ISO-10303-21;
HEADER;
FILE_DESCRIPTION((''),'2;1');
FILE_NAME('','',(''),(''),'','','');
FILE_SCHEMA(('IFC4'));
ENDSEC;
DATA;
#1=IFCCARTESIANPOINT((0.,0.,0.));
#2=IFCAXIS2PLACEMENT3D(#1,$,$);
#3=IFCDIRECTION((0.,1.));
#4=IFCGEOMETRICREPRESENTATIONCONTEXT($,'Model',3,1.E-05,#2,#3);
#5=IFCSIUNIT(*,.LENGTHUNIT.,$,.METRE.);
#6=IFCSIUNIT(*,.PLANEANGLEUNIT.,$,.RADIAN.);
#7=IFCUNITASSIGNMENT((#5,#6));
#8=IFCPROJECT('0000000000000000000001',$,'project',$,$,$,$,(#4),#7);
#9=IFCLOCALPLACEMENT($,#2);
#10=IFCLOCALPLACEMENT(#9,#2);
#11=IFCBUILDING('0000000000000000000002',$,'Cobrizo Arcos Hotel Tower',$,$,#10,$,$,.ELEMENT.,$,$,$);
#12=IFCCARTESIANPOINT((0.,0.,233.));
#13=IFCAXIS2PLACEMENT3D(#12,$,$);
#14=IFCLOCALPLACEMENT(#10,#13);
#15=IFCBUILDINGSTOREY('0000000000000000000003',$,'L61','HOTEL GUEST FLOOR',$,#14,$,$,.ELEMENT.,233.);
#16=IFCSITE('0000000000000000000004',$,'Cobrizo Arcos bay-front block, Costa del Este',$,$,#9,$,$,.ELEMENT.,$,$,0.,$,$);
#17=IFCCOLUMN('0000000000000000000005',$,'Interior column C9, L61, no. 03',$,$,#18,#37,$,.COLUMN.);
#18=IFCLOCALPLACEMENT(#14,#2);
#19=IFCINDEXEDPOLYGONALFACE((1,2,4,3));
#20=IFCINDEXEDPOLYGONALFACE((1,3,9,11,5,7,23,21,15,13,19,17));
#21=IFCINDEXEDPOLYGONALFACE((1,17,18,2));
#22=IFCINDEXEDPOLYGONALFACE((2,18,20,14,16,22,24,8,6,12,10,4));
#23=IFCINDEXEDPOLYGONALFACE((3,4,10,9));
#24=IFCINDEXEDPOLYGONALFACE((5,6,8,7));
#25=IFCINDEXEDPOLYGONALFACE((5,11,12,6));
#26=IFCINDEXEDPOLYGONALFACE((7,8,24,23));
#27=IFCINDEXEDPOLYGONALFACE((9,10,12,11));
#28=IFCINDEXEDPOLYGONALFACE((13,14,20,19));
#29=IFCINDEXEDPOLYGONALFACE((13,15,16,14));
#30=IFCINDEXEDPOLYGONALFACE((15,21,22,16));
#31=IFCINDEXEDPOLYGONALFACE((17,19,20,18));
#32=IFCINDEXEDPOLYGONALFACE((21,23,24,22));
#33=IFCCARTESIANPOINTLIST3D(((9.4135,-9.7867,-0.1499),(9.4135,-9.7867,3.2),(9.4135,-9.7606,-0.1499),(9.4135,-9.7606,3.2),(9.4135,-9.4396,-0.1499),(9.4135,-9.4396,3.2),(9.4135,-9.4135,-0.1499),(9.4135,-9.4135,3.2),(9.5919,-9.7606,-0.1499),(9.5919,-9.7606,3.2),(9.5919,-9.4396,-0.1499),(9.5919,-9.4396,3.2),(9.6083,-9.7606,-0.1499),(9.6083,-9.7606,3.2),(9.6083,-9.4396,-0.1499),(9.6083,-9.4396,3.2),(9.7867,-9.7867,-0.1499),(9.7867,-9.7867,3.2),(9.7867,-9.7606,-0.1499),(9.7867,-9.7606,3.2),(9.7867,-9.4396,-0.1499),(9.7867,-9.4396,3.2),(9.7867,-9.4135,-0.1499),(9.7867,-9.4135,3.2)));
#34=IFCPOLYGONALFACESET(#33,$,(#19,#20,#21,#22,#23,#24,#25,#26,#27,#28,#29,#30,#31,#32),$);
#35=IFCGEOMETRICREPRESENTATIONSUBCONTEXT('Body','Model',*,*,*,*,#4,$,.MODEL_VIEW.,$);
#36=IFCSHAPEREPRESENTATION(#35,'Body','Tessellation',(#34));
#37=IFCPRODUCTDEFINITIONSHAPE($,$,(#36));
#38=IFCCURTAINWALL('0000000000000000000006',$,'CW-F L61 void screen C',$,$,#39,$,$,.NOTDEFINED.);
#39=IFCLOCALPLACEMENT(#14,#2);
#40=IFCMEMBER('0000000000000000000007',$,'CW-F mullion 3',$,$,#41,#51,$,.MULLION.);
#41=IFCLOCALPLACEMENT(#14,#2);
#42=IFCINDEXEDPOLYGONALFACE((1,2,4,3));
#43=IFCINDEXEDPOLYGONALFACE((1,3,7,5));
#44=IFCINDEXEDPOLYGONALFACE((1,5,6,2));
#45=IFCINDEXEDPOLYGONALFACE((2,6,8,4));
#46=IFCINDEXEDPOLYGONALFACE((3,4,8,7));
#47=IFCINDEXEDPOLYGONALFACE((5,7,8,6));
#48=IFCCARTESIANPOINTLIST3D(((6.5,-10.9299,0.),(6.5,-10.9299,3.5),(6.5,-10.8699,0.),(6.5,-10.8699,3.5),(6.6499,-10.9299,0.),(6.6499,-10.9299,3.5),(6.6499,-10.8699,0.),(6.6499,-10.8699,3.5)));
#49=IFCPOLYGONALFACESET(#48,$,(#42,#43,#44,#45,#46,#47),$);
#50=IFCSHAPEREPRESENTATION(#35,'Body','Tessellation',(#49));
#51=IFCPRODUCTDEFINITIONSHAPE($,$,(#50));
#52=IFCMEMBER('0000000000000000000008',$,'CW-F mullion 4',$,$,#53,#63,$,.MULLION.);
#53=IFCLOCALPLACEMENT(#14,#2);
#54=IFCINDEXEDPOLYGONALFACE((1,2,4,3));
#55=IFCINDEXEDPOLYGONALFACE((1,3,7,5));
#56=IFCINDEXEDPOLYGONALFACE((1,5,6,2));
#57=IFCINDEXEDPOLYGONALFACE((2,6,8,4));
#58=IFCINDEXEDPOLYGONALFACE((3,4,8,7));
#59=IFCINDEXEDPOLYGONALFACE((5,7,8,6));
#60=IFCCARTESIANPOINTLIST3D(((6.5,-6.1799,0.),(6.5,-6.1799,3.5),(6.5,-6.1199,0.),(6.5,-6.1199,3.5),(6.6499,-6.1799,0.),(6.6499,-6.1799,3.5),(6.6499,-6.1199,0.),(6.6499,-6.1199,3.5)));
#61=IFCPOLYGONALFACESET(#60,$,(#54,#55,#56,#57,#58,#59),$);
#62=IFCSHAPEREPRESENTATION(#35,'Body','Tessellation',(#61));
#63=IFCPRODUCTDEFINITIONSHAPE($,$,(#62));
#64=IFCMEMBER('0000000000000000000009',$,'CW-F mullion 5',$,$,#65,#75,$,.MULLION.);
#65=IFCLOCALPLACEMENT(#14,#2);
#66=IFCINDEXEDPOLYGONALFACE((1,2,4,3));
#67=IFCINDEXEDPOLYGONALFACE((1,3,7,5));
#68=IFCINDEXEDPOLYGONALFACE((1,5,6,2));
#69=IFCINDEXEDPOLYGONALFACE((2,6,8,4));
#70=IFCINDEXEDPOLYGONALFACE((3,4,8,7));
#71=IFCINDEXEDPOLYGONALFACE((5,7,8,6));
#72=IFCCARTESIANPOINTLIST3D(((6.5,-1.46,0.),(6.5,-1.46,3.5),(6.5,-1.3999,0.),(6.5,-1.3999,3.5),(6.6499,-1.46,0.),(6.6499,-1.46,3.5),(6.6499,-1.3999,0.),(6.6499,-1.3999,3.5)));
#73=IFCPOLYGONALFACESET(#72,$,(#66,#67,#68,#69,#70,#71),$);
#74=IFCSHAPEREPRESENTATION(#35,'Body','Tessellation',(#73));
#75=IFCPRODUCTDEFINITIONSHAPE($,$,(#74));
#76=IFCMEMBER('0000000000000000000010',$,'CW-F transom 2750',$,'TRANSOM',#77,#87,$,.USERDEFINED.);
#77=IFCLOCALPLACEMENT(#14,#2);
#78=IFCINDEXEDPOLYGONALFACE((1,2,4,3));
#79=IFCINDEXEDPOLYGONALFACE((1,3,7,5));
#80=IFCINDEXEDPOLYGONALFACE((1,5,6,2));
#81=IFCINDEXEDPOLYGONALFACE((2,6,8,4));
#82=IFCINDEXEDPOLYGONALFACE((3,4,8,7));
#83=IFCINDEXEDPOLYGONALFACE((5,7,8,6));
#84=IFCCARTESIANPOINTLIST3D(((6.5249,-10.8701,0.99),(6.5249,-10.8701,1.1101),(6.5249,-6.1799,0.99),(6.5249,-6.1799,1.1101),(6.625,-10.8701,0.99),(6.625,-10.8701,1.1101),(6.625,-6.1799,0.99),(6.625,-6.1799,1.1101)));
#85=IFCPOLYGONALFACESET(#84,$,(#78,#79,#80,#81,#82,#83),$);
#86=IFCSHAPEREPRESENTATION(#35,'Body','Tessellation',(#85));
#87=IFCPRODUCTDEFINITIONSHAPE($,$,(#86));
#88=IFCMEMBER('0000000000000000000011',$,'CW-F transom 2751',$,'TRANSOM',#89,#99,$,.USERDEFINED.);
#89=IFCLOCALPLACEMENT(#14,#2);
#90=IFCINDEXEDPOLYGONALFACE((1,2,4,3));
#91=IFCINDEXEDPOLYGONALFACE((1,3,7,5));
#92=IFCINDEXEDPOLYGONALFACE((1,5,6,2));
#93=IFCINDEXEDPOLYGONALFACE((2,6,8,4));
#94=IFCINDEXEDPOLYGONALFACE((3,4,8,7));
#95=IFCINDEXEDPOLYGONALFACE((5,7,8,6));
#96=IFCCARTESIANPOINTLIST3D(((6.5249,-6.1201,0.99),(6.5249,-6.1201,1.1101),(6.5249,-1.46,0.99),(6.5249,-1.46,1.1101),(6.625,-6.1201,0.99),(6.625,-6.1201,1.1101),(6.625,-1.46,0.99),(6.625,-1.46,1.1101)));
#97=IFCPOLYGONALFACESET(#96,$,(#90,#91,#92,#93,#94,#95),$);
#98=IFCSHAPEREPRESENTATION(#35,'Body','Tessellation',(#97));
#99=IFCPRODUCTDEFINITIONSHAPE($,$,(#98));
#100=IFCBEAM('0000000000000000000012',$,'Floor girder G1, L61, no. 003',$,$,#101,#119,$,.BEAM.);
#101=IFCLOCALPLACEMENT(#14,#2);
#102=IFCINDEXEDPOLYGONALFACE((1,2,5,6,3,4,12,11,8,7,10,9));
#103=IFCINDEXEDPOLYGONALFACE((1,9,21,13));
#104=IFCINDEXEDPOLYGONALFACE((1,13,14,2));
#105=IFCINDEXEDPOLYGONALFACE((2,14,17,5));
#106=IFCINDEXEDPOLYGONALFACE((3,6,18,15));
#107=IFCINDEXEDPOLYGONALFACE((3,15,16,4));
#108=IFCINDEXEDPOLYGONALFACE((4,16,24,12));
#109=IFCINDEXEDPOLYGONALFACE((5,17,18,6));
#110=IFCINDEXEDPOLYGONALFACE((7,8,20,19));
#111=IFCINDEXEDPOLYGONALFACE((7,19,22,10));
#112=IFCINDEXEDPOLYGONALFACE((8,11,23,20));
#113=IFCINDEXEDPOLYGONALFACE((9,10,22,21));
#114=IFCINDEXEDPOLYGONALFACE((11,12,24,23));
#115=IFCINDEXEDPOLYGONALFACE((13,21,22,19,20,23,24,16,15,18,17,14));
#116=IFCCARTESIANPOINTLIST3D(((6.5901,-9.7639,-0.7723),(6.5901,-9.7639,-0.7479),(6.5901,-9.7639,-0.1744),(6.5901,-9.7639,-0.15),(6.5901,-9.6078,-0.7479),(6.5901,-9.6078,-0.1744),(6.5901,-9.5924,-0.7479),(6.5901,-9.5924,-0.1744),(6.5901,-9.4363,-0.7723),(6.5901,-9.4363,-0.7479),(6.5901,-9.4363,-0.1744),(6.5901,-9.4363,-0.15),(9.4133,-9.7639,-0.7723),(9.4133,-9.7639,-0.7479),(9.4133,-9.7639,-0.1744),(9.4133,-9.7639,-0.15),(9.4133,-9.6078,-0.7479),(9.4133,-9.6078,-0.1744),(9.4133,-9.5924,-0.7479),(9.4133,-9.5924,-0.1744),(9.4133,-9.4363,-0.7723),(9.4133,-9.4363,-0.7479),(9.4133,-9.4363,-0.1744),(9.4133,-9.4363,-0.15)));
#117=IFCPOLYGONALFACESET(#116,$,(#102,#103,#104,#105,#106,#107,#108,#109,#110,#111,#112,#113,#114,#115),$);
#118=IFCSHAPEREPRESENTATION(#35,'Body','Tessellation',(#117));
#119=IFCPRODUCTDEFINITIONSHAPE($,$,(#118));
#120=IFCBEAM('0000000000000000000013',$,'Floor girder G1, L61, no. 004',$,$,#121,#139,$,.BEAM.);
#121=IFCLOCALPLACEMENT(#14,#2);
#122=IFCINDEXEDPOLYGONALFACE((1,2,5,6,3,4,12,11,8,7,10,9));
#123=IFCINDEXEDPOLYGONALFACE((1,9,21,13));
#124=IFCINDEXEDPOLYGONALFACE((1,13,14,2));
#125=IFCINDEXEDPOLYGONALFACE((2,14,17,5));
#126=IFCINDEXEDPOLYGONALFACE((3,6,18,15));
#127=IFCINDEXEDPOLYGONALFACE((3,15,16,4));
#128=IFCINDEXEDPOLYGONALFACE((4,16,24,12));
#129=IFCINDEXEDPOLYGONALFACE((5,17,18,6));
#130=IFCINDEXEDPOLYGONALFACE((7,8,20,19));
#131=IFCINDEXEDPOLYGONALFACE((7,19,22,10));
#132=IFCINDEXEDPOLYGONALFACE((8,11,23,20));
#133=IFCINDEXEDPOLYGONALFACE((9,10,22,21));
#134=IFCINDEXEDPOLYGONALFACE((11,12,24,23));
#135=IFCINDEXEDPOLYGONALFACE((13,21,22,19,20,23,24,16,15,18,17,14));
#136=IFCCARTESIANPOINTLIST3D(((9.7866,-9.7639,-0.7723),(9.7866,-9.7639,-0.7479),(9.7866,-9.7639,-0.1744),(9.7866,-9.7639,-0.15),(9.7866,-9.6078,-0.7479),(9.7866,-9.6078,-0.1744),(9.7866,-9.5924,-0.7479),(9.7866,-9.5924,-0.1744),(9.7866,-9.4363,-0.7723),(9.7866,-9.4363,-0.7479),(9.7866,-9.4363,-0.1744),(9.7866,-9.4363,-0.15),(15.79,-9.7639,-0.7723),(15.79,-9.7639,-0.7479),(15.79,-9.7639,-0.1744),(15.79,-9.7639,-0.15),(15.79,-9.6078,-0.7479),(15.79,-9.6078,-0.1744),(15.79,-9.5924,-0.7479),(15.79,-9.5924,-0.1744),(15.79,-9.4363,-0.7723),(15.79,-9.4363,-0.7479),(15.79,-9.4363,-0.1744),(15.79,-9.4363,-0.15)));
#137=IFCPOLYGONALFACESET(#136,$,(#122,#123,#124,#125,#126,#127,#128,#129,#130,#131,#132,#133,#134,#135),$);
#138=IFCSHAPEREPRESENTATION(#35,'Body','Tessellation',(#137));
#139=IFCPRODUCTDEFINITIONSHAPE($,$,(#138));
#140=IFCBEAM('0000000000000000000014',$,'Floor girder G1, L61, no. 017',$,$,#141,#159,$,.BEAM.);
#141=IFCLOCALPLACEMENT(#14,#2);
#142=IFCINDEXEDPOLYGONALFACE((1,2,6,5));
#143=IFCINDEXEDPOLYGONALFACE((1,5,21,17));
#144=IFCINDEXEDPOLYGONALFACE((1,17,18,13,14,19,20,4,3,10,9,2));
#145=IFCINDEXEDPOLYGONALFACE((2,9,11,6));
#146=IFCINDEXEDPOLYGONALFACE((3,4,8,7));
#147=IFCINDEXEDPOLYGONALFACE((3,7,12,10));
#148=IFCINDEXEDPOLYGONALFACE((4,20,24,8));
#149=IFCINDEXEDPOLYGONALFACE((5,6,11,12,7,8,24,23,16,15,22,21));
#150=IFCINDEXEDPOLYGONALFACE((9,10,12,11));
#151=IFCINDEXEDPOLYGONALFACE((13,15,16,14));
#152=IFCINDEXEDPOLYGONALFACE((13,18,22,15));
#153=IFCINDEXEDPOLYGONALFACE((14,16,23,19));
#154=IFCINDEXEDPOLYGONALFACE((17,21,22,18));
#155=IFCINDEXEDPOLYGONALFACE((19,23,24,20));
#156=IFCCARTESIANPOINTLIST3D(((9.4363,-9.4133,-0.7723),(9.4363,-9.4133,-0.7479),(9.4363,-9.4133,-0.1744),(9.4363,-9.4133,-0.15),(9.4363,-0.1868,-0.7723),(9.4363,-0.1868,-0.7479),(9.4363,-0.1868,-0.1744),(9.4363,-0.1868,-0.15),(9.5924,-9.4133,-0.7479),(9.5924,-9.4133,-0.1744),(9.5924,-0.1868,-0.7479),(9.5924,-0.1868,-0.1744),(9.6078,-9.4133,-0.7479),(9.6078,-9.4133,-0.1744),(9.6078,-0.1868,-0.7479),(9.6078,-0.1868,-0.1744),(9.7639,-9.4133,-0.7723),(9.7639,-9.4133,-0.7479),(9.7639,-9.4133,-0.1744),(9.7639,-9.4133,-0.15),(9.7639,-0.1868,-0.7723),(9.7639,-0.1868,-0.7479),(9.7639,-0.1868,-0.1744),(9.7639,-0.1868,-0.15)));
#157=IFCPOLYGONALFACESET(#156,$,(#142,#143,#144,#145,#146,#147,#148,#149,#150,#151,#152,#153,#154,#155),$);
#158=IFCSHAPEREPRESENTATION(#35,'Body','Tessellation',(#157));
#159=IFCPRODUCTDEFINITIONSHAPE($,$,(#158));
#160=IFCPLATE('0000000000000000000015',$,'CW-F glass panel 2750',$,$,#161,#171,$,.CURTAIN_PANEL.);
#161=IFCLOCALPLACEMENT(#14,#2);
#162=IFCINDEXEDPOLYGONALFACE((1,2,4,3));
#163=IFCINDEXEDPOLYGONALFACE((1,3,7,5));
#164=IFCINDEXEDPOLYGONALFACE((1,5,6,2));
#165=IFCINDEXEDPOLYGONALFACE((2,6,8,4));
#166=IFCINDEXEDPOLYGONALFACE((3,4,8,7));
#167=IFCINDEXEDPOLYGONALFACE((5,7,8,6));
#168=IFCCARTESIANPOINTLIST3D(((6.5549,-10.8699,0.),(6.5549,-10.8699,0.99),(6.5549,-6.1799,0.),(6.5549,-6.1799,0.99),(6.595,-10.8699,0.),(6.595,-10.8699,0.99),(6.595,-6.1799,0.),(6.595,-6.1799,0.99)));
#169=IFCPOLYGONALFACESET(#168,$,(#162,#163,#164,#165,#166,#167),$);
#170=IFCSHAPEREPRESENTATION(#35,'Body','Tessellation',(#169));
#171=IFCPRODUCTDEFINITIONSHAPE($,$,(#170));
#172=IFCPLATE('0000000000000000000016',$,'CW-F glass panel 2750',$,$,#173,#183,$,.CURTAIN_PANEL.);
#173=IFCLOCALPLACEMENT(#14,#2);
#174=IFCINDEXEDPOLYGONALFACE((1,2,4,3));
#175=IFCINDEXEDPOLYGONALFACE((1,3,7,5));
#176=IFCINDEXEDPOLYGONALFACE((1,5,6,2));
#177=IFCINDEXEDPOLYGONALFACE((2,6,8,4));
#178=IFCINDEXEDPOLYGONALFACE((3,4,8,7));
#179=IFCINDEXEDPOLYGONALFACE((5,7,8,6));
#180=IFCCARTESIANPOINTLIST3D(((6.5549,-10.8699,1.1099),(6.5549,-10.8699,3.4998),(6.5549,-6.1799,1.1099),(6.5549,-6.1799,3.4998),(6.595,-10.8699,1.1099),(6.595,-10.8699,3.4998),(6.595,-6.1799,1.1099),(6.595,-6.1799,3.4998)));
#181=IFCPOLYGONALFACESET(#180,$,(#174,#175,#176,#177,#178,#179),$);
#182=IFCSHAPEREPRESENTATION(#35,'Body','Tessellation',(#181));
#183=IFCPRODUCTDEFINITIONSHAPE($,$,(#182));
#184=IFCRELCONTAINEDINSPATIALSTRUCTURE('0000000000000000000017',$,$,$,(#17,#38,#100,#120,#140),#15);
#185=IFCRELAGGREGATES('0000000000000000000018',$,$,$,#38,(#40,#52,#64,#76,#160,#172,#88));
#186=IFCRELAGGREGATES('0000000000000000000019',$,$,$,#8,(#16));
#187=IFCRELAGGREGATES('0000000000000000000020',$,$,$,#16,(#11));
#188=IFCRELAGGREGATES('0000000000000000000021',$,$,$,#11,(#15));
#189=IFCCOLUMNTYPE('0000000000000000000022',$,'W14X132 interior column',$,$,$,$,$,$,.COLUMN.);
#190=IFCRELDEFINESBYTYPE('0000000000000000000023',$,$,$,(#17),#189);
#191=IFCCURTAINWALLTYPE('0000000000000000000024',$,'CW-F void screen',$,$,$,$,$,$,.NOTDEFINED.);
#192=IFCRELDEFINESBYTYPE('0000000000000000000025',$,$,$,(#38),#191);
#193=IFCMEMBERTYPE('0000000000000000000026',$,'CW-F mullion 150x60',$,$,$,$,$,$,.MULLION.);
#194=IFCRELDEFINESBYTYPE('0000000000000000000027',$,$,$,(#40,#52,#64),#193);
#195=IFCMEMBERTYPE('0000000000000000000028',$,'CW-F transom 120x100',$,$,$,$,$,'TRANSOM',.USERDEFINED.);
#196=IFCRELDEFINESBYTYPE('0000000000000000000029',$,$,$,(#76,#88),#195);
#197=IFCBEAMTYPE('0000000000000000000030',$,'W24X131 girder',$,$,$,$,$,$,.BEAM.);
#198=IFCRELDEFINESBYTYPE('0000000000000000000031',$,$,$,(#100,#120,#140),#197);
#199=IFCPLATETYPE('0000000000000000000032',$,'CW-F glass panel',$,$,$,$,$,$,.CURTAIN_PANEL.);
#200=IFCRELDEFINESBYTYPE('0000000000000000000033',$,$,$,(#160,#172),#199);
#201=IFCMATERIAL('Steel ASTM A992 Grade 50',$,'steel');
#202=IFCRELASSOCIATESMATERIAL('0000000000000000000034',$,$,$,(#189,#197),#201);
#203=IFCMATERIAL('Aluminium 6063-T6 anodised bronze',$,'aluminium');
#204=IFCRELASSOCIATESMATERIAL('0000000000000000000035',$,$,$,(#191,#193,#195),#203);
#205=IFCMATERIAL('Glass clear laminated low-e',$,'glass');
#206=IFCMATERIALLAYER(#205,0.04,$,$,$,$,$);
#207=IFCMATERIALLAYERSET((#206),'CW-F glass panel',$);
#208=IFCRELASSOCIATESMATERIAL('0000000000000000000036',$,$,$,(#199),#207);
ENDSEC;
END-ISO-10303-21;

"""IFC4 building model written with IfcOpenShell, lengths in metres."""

from ifc_helpers import new_model, si_unit, direction, frame, origin, origin_2d, place, context, subcontext, project, spatial, rectangle, i_section, extrude, material, layer, layer_set, material_profile, profile_set, type_object, element, aggregate, save


model = new_model("IFC4")

# Units and contexts
model_context = context("Model", 3, precision=1e-05, world=origin(), true_north=direction((0.0, 1.0)))
body_context = subcontext(model_context, "Body", "Model", "MODEL_VIEW")
ifc_project = project(units=[si_unit("LENGTHUNIT", "METRE"), si_unit("PLANEANGLEUNIT", "RADIAN")], contexts=[model_context])

# Site, building, storey
site_placement = place(None, origin())
site = spatial("IfcSite", under=ifc_project, at=site_placement, Name="Cobrizo Arcos bay-front block, Costa del Este", CompositionType="ELEMENT", RefElevation=0.0)
building_placement = place(site_placement, origin())
building = spatial("IfcBuilding", under=site, at=building_placement, Name="Cobrizo Arcos Hotel Tower", CompositionType="ELEMENT")
storey_placement = place(building_placement, frame((0.0, 0.0, 233.0)))
storey = spatial("IfcBuildingStorey", under=building, at=storey_placement, Name="L61", Description="HOTEL GUEST FLOOR", CompositionType="ELEMENT", Elevation=233.0)

# Column
ifc_material_1 = material(Name="Steel ASTM A992 Grade 50", Category="steel")
ifc_material_profile_1 = material_profile(ifc_material_1, i_section(OverallWidth=0.3733, OverallDepth=0.3733, WebThickness=0.0164, FlangeThickness=0.0261, at=origin_2d()), Name="W14X132")
ifc_profile_set_1 = profile_set([ifc_material_profile_1], Name="Steel ASTM A992 Grade 50")
column_type = type_object("IfcColumnType", Name="W14X132 interior column", PredefinedType="COLUMN", material=ifc_profile_set_1)
column_placement = place(storey_placement, frame((9.6001, -9.6001, -0.1499), z_axis=(0.0, 0.0, 1.0), x_axis=(1.0, 0.0, 0.0)))
element("IfcColumn", 1, at=column_placement, inside=storey, type_object=column_type, Name="Interior column C9, L61, no. 03", PredefinedType="COLUMN", context=body_context, shape_type="SweptSolid", body=[
    extrude(i_section(OverallWidth=0.3733, OverallDepth=0.3733, WebThickness=0.0164, FlangeThickness=0.0261, at=origin_2d()), origin(), (0.0, 0.0, 1.0), 3.3499),
])

# Curtain wall, members
ifc_material_2 = material(Name="Aluminium 6063-T6 anodised bronze", Category="aluminium")
curtain_wall_type = type_object("IfcCurtainWallType", Name="CW-F void screen", PredefinedType="NOTDEFINED", material=ifc_material_2)
curtain_wall_placement = place(storey_placement, origin())
curtain_wall = element("IfcCurtainWall", 2, at=curtain_wall_placement, inside=storey, type_object=curtain_wall_type, Name="CW-F L61 void screen C", PredefinedType="NOTDEFINED")
ifc_material_profile_2 = material_profile(ifc_material_2, rectangle(XDim=0.1499, YDim=0.0601, at=origin_2d()), Name="CW-F mullion 150x60")
ifc_profile_set_2 = profile_set([ifc_material_profile_2], Name="Aluminium 6063-T6 anodised bronze")
member_type_1 = type_object("IfcMemberType", Name="CW-F mullion 150x60", PredefinedType="MULLION", material=ifc_profile_set_2)
member_1_placement = place(storey_placement, frame((6.575, -10.8999, 0.0), z_axis=(0.0, 0.0, 1.0), x_axis=(1.0, 0.0, 0.0)))
member_1 = element("IfcMember", 3, at=member_1_placement, type_object=member_type_1, Name="CW-F mullion 3", PredefinedType="MULLION", context=body_context, shape_type="SweptSolid", body=[
    extrude(rectangle(XDim=0.1499, YDim=0.0601, at=origin_2d()), origin(), (0.0, 0.0, 1.0), 3.5),
])
member_2_placement = place(storey_placement, frame((6.575, -6.1499, 0.0), z_axis=(0.0, 0.0, 1.0), x_axis=(1.0, 0.0, 0.0)))
member_2 = element("IfcMember", 4, at=member_2_placement, type_object=member_type_1, Name="CW-F mullion 4", PredefinedType="MULLION", context=body_context, shape_type="SweptSolid", body=[
    extrude(rectangle(XDim=0.1499, YDim=0.0601, at=origin_2d()), origin(), (0.0, 0.0, 1.0), 3.5),
])
member_3_placement = place(storey_placement, frame((6.575, -1.4299, 0.0), z_axis=(0.0, 0.0, 1.0), x_axis=(1.0, 0.0, 0.0)))
member_3 = element("IfcMember", 5, at=member_3_placement, type_object=member_type_1, Name="CW-F mullion 5", PredefinedType="MULLION", context=body_context, shape_type="SweptSolid", body=[
    extrude(rectangle(XDim=0.1499, YDim=0.0601, at=origin_2d()), origin(), (0.0, 0.0, 1.0), 3.5),
])
ifc_material_profile_3 = material_profile(ifc_material_2, rectangle(XDim=0.1001, YDim=0.1201, at=origin_2d()), Name="CW-F transom 120x100")
ifc_profile_set_3 = profile_set([ifc_material_profile_3], Name="Aluminium 6063-T6 anodised bronze")
member_type_2 = type_object("IfcMemberType", Name="CW-F transom 120x100", ElementType="TRANSOM", PredefinedType="USERDEFINED", material=ifc_profile_set_3)
member_4_placement = place(storey_placement, frame((6.575, -10.8701, 1.05), z_axis=(0.0, 1.0, 0.0), x_axis=(-1.0, 0.0, 0.0)))
member_4 = element("IfcMember", 6, at=member_4_placement, type_object=member_type_2, Name="CW-F transom 2750", ObjectType="TRANSOM", PredefinedType="USERDEFINED", context=body_context, shape_type="SweptSolid", body=[
    extrude(rectangle(XDim=0.1001, YDim=0.1201, at=origin_2d()), origin(), (0.0, 0.0, 1.0), 4.6902),
])
member_5_placement = place(storey_placement, frame((6.575, -6.1201, 1.05), z_axis=(0.0, 1.0, 0.0), x_axis=(-1.0, 0.0, 0.0)))
member_5 = element("IfcMember", 7, at=member_5_placement, type_object=member_type_2, Name="CW-F transom 2751", ObjectType="TRANSOM", PredefinedType="USERDEFINED", context=body_context, shape_type="SweptSolid", body=[
    extrude(rectangle(XDim=0.1001, YDim=0.1201, at=origin_2d()), origin(), (0.0, 0.0, 1.0), 4.6602),
])

# Beams
ifc_material_profile_4 = material_profile(ifc_material_1, i_section(OverallWidth=0.3276, OverallDepth=0.6223, WebThickness=0.0154, FlangeThickness=0.0244, at=origin_2d()), Name="W24X131")
ifc_profile_set_4 = profile_set([ifc_material_profile_4], Name="Steel ASTM A992 Grade 50")
beam_type = type_object("IfcBeamType", Name="W24X131 girder", PredefinedType="BEAM", material=ifc_profile_set_4)
beam_1_placement = place(storey_placement, frame((6.5901, -9.6001, -0.4612), z_axis=(1.0, 0.0, 0.0), x_axis=(0.0, 1.0, 0.0)))
element("IfcBeam", 8, at=beam_1_placement, inside=storey, type_object=beam_type, Name="Floor girder G1, L61, no. 003", PredefinedType="BEAM", context=body_context, shape_type="SweptSolid", body=[
    extrude(i_section(OverallWidth=0.3276, OverallDepth=0.6223, WebThickness=0.0154, FlangeThickness=0.0244, at=origin_2d()), origin(), (0.0, 0.0, 1.0), 2.8232),
])
beam_2_placement = place(storey_placement, frame((9.7866, -9.6001, -0.4612), z_axis=(1.0, 0.0, 0.0), x_axis=(0.0, 1.0, 0.0)))
element("IfcBeam", 9, at=beam_2_placement, inside=storey, type_object=beam_type, Name="Floor girder G1, L61, no. 004", PredefinedType="BEAM", context=body_context, shape_type="SweptSolid", body=[
    extrude(i_section(OverallWidth=0.3276, OverallDepth=0.6223, WebThickness=0.0154, FlangeThickness=0.0244, at=origin_2d()), origin(), (0.0, 0.0, 1.0), 6.0034),
])
beam_3_placement = place(storey_placement, frame((9.6001, -9.4133, -0.4612), z_axis=(0.0, 1.0, 0.0), x_axis=(-1.0, 0.0, 0.0)))
element("IfcBeam", 10, at=beam_3_placement, inside=storey, type_object=beam_type, Name="Floor girder G1, L61, no. 017", PredefinedType="BEAM", context=body_context, shape_type="SweptSolid", body=[
    extrude(i_section(OverallWidth=0.3276, OverallDepth=0.6223, WebThickness=0.0154, FlangeThickness=0.0244, at=origin_2d()), origin(), (0.0, 0.0, 1.0), 9.2266),
])

# Plates
ifc_material_3 = material(Name="Glass clear laminated low-e", Category="glass")
ifc_layer_1 = layer(ifc_material_3, 0.04)
ifc_layer_set_1 = layer_set([ifc_layer_1], Name="CW-F glass panel")
plate_type = type_object("IfcPlateType", Name="CW-F glass panel", PredefinedType="CURTAIN_PANEL", material=ifc_layer_set_1)
plate_1_placement = place(storey_placement, frame((6.575, -8.5249, 0.0), z_axis=(0.0, 0.0, 1.0), x_axis=(0.0, 1.0, 0.0)))
plate_1 = element("IfcPlate", 11, at=plate_1_placement, type_object=plate_type, Name="CW-F glass panel 2750", PredefinedType="CURTAIN_PANEL", context=body_context, shape_type="SweptSolid", body=[
    extrude(rectangle(XDim=4.6899, YDim=0.04, at=origin_2d()), origin(), (0.0, 0.0, 1.0), 0.99),
])
plate_2_placement = place(storey_placement, frame((6.575, -8.5249, 1.1099), z_axis=(0.0, 0.0, 1.0), x_axis=(0.0, 1.0, 0.0)))
plate_2 = element("IfcPlate", 12, at=plate_2_placement, type_object=plate_type, Name="CW-F glass panel 2750", PredefinedType="CURTAIN_PANEL", context=body_context, shape_type="SweptSolid", body=[
    extrude(rectangle(XDim=4.6899, YDim=0.04, at=origin_2d()), origin(), (0.0, 0.0, 1.0), 2.3899),
])
aggregate(curtain_wall, [member_1, member_2, member_3, member_4, plate_1, plate_2, member_5])

save(model, "model.ifc")
